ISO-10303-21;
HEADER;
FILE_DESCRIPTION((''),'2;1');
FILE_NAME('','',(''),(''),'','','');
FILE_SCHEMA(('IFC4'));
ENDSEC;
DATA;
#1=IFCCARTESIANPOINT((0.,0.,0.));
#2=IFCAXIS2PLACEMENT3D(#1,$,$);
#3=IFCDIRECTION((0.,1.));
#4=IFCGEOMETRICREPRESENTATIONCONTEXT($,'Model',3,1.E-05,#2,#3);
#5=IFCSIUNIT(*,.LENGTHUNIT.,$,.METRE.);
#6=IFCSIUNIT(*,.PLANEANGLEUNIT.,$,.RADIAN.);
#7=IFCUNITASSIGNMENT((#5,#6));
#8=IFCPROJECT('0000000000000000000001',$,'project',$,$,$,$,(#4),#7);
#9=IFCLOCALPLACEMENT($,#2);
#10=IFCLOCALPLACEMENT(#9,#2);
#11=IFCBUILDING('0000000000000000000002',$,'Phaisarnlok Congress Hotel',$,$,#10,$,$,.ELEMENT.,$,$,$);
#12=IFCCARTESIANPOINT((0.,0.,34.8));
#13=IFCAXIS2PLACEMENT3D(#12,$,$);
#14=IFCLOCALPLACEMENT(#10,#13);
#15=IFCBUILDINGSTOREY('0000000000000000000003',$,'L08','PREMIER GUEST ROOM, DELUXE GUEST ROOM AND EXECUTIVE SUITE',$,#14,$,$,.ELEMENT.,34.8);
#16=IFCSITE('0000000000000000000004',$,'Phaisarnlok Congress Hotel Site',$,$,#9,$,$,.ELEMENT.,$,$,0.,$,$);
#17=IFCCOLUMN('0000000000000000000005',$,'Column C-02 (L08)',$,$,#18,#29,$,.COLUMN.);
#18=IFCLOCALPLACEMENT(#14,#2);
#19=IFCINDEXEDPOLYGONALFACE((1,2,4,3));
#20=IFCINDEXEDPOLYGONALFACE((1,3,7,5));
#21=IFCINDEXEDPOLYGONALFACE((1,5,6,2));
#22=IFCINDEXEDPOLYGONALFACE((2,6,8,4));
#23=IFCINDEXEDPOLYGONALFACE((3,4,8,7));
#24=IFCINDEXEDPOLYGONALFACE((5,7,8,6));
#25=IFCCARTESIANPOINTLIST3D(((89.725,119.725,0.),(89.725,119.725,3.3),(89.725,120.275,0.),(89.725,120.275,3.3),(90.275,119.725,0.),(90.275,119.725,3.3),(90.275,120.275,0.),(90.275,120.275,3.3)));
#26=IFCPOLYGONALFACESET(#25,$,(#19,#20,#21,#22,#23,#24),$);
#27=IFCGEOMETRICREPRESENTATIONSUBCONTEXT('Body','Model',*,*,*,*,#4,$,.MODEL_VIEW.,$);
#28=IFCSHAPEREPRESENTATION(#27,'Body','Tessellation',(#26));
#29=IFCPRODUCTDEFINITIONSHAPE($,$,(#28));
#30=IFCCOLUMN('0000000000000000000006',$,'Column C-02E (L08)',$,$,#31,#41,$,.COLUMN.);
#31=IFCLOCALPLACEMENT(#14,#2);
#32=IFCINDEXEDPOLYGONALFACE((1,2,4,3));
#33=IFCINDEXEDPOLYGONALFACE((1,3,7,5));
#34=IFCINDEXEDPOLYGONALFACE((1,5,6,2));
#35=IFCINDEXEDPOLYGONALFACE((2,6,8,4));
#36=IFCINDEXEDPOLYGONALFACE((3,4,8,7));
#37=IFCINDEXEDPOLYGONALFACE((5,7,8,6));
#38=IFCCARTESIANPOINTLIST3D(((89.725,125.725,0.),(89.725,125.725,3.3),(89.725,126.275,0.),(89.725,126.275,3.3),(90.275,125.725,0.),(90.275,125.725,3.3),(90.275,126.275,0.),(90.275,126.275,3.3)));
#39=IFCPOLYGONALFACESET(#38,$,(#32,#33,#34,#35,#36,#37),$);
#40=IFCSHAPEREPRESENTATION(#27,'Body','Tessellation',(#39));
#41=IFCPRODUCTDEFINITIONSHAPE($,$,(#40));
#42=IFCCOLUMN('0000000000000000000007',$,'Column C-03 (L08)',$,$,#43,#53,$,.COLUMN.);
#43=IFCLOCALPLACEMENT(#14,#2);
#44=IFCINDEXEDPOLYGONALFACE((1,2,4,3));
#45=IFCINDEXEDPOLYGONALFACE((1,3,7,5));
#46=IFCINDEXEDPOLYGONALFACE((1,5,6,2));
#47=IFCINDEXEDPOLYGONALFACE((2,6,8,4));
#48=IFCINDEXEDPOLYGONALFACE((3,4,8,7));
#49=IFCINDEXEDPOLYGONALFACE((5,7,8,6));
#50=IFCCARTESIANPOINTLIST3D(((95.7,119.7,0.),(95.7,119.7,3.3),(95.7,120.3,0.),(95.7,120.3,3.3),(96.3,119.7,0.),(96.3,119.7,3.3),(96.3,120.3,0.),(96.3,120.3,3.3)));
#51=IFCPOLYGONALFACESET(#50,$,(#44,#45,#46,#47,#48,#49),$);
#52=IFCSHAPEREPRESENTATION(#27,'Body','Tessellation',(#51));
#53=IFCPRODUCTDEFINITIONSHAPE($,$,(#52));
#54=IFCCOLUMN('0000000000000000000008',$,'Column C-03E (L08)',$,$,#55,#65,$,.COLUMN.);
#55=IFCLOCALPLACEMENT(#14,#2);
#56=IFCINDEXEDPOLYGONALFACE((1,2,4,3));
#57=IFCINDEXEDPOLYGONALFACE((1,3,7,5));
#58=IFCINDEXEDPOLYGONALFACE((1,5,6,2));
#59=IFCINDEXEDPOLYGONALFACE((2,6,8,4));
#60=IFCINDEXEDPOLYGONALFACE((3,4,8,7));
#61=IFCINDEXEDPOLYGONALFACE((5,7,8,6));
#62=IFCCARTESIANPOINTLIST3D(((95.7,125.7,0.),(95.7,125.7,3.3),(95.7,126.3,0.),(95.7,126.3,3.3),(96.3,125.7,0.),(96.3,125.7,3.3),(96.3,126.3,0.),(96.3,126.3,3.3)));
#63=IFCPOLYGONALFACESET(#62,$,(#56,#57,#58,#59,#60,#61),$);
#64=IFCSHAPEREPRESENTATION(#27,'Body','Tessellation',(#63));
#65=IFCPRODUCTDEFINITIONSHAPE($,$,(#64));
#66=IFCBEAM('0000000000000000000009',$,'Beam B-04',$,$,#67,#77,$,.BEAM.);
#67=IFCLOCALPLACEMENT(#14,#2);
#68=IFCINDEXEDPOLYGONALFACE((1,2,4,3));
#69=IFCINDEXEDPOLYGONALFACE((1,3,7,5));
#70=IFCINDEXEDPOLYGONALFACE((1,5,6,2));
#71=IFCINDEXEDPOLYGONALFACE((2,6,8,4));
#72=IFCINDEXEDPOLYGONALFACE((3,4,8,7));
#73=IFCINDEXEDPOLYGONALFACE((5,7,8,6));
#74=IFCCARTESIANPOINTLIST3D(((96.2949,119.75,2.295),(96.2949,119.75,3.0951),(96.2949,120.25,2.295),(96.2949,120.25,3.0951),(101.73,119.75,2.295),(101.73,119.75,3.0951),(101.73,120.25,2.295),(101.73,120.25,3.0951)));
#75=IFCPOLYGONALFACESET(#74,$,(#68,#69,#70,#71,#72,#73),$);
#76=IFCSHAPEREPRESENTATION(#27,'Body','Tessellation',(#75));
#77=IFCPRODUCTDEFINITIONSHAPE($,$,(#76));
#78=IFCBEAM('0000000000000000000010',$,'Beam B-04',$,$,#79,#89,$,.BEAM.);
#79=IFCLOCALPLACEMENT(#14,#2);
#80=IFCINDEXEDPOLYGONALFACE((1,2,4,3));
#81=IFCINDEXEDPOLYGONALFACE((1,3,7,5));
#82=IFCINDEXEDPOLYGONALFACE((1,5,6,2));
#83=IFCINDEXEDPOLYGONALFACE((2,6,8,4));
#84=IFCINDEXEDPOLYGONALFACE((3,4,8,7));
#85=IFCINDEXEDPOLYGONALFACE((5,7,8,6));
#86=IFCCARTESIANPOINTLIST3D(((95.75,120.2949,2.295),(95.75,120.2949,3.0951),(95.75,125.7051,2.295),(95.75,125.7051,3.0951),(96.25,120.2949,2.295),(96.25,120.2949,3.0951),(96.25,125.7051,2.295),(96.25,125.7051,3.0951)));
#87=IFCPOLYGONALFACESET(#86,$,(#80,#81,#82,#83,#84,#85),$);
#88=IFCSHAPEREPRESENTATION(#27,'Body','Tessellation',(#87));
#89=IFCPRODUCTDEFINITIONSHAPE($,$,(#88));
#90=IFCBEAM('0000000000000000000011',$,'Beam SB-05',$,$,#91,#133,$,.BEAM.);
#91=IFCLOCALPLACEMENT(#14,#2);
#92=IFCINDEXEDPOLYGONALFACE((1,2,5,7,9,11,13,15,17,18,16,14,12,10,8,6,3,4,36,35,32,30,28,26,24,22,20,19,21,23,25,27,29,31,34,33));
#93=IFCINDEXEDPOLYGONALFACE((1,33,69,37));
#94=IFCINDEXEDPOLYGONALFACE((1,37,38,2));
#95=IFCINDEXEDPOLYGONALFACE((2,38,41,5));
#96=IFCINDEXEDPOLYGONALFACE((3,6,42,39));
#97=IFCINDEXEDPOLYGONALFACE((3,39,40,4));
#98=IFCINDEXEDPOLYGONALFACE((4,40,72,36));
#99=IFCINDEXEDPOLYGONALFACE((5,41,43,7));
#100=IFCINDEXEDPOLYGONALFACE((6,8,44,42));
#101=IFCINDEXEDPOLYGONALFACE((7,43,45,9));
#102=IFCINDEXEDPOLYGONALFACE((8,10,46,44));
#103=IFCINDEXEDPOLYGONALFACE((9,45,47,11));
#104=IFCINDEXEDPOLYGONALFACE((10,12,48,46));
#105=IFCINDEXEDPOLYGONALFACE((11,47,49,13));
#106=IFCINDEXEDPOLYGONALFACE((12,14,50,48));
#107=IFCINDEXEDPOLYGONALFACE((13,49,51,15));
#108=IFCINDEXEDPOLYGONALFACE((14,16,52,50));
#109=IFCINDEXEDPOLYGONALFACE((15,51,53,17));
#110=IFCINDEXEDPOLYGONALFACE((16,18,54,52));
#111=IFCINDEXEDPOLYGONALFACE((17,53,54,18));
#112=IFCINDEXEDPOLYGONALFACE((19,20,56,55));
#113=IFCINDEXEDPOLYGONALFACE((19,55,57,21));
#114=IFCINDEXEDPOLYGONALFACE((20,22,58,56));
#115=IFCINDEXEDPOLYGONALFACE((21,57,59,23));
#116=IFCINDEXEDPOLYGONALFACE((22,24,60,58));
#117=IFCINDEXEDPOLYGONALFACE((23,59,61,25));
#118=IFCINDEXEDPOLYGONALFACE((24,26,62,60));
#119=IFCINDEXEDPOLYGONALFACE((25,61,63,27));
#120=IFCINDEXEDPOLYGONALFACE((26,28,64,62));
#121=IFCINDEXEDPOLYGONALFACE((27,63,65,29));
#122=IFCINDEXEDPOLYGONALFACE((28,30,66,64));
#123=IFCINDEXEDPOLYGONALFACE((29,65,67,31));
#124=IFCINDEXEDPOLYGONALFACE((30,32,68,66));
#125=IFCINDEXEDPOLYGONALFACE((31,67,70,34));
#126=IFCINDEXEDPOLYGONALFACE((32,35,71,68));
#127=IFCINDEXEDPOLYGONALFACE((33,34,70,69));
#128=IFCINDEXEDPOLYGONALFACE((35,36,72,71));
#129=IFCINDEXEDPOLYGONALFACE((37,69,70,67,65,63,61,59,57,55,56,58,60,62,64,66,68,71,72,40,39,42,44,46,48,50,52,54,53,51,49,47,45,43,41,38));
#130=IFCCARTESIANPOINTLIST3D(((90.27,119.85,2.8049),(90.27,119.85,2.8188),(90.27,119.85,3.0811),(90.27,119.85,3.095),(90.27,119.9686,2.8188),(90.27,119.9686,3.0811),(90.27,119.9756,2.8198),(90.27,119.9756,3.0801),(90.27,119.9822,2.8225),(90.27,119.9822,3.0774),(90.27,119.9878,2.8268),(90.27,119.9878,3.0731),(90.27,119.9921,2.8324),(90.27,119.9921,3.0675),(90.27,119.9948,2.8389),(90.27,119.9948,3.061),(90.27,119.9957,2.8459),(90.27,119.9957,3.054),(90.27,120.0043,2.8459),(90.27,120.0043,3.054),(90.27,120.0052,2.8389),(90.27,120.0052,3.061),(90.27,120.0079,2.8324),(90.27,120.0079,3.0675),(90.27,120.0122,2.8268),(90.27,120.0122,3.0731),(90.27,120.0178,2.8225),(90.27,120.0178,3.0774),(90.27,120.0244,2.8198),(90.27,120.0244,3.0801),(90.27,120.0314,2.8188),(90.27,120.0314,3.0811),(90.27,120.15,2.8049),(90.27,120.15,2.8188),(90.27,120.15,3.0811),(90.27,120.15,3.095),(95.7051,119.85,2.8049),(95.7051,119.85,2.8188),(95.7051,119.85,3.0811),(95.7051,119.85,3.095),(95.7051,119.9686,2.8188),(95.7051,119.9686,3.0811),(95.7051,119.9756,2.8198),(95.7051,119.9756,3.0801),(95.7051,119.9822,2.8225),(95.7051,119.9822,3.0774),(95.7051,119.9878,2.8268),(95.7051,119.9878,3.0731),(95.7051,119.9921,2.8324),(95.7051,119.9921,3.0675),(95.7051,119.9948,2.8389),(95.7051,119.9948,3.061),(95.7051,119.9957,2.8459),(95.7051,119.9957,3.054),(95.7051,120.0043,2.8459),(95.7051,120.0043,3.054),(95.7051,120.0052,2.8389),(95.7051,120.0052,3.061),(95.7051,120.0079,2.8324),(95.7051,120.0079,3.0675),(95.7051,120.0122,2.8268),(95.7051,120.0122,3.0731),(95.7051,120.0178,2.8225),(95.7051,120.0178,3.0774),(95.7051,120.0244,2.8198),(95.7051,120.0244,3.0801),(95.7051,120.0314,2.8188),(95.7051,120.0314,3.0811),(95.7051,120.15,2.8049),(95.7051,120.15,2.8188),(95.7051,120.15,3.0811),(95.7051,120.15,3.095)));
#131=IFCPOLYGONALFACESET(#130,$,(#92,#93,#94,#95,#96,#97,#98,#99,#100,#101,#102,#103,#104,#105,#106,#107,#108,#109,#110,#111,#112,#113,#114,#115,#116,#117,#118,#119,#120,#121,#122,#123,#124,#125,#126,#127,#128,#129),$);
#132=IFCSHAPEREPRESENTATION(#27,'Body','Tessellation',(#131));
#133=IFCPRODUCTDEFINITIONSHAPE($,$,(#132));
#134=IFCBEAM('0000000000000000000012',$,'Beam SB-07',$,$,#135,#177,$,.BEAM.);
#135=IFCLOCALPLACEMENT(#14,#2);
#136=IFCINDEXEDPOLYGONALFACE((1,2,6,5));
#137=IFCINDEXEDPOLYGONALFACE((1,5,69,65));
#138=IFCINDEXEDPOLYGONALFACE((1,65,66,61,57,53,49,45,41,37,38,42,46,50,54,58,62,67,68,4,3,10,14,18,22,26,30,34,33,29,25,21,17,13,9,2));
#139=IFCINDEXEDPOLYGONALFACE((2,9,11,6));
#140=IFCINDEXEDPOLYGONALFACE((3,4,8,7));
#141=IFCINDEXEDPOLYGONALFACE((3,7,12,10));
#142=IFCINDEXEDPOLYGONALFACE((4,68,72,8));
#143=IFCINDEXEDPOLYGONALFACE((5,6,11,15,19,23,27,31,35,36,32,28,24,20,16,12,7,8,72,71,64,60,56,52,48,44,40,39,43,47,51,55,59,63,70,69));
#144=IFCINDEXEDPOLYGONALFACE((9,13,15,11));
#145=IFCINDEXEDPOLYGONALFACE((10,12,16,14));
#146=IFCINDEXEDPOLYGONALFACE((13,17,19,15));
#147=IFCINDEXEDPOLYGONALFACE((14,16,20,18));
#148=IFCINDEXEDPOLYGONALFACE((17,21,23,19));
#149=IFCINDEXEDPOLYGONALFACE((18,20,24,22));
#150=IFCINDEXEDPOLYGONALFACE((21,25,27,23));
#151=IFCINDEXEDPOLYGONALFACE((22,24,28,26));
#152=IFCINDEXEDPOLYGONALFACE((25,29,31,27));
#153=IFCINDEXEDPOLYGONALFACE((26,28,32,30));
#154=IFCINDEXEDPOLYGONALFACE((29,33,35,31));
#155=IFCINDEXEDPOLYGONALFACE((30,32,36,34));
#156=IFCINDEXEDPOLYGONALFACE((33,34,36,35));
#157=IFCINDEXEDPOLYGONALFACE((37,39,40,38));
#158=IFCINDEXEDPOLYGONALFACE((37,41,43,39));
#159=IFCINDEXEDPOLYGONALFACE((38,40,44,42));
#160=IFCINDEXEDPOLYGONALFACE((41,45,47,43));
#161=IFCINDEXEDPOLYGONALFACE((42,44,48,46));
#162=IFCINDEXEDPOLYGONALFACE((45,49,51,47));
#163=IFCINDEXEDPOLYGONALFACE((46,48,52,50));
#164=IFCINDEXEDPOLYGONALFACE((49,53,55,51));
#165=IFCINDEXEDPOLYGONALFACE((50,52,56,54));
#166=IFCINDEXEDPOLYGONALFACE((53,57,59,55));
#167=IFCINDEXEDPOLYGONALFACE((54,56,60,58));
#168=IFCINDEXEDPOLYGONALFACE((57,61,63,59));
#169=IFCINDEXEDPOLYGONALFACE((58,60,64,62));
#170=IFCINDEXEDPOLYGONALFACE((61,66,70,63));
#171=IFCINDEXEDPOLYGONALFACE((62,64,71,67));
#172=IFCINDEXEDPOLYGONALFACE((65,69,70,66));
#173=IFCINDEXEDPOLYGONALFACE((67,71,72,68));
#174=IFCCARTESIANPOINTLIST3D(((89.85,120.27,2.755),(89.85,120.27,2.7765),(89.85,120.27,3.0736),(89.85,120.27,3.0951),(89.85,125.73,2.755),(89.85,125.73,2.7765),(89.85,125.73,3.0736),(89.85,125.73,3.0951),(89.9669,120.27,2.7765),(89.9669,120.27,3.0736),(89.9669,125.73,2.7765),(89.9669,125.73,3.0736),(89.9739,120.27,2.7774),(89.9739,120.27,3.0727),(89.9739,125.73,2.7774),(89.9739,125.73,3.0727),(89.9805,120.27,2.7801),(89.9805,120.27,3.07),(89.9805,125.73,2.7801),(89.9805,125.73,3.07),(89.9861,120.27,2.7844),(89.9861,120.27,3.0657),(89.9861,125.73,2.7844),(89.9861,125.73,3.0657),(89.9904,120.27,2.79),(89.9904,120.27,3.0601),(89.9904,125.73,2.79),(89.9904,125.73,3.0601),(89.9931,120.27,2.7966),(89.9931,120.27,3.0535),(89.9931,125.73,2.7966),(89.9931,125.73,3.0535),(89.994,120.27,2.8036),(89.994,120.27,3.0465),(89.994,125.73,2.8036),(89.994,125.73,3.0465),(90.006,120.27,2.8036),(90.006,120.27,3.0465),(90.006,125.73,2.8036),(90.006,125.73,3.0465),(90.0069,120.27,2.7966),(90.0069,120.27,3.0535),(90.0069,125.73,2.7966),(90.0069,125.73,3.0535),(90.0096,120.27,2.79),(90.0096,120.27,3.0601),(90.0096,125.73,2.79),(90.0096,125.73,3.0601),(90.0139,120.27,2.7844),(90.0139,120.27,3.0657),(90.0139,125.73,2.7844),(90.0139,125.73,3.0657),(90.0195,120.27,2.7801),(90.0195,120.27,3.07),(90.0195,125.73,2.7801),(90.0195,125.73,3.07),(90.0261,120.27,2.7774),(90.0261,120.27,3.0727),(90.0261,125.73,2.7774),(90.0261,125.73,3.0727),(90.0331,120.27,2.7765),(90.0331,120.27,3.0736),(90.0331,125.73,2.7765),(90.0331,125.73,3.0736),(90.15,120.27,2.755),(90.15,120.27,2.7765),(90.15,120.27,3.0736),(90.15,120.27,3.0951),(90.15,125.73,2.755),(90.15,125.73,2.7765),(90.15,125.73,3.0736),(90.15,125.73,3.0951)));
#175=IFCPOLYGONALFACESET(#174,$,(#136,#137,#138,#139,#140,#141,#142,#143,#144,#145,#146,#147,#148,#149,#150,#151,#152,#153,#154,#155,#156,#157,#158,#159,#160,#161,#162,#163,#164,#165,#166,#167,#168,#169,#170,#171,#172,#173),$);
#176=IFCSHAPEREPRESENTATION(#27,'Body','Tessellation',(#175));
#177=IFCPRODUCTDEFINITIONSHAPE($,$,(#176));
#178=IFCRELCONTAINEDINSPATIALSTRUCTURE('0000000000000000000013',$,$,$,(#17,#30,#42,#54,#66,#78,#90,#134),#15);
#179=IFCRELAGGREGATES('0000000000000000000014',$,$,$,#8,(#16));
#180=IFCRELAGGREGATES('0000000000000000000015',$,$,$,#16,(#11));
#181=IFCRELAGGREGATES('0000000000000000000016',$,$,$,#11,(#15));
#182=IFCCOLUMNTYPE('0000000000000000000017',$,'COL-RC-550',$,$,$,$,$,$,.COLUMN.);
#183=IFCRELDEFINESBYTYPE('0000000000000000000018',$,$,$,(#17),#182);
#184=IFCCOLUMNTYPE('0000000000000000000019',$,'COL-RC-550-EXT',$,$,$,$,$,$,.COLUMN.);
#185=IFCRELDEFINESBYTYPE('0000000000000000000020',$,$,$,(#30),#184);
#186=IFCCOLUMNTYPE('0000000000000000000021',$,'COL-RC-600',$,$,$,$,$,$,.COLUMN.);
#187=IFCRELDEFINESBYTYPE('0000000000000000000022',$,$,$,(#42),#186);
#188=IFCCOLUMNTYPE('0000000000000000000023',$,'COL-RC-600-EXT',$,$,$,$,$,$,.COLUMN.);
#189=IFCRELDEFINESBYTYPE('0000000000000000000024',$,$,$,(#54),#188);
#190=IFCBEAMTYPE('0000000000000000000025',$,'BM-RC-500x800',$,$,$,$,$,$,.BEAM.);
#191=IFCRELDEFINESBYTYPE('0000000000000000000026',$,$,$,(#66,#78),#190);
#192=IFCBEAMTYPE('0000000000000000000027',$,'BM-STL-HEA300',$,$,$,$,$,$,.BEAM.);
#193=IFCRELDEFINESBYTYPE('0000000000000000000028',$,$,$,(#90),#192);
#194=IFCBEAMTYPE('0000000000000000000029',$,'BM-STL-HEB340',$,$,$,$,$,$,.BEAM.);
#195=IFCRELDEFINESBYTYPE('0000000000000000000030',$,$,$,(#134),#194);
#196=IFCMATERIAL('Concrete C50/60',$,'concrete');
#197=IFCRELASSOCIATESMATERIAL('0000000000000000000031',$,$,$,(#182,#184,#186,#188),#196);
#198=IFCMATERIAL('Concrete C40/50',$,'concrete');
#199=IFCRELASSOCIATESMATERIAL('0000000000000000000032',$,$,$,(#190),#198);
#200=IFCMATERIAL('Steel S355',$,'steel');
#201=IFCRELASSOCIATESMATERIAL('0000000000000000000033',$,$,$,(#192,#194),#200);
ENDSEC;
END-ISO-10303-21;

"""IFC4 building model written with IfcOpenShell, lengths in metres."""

from ifc_helpers import new_model, si_unit, direction, frame, origin, origin_2d, place, context, subcontext, project, spatial, rectangle, i_section, extrude, material, material_profile, profile_set, type_object, element, save


model = new_model("IFC4")

# Units and contexts
model_context = context("Model", 3, precision=1e-05, world=origin(), true_north=direction((0.0, 1.0)))
body_context = subcontext(model_context, "Body", "Model", "MODEL_VIEW")
ifc_project = project(units=[si_unit("LENGTHUNIT", "METRE"), si_unit("PLANEANGLEUNIT", "RADIAN")], contexts=[model_context])

# Site, building, storey
site_placement = place(None, origin())
site = spatial("IfcSite", under=ifc_project, at=site_placement, Name="Phaisarnlok Congress Hotel Site", CompositionType="ELEMENT", RefElevation=0.0)
building_placement = place(site_placement, origin())
building = spatial("IfcBuilding", under=site, at=building_placement, Name="Phaisarnlok Congress Hotel", CompositionType="ELEMENT")
storey_placement = place(building_placement, frame((0.0, 0.0, 34.8)))
storey = spatial("IfcBuildingStorey", under=building, at=storey_placement, Name="L08", Description="PREMIER GUEST ROOM, DELUXE GUEST ROOM AND EXECUTIVE SUITE", CompositionType="ELEMENT", Elevation=34.8)

# Columns
ifc_material_1 = material(Name="Concrete C50/60", Category="concrete")
ifc_material_profile_1 = material_profile(ifc_material_1, rectangle(XDim=0.55, YDim=0.55, at=origin_2d()), Name="RC 550x550")
ifc_profile_set_1 = profile_set([ifc_material_profile_1], Name="Concrete C50/60")
column_type_1 = type_object("IfcColumnType", Name="COL-RC-550", PredefinedType="COLUMN", material=ifc_profile_set_1)
column_1_placement = place(storey_placement, frame((90.0, 120.0, 0.0), z_axis=(0.0, 0.0, 1.0), x_axis=(1.0, 0.0, 0.0)))
element("IfcColumn", 1, at=column_1_placement, inside=storey, type_object=column_type_1, Name="Column C-02 (L08)", PredefinedType="COLUMN", context=body_context, shape_type="SweptSolid", body=[
    extrude(rectangle(XDim=0.55, YDim=0.55, at=origin_2d()), origin(), (0.0, 0.0, 1.0), 3.3),
])
ifc_material_profile_2 = material_profile(ifc_material_1, rectangle(XDim=0.55, YDim=0.55, at=origin_2d()), Name="RC 550x550")
ifc_profile_set_2 = profile_set([ifc_material_profile_2], Name="Concrete C50/60")
column_type_2 = type_object("IfcColumnType", Name="COL-RC-550-EXT", PredefinedType="COLUMN", material=ifc_profile_set_2)
column_2_placement = place(storey_placement, frame((90.0, 126.0, 0.0), z_axis=(0.0, 0.0, 1.0), x_axis=(1.0, 0.0, 0.0)))
element("IfcColumn", 2, at=column_2_placement, inside=storey, type_object=column_type_2, Name="Column C-02E (L08)", PredefinedType="COLUMN", context=body_context, shape_type="SweptSolid", body=[
    extrude(rectangle(XDim=0.55, YDim=0.55, at=origin_2d()), origin(), (0.0, 0.0, 1.0), 3.3),
])
ifc_material_profile_3 = material_profile(ifc_material_1, rectangle(XDim=0.6001, YDim=0.6001, at=origin_2d()), Name="RC 600x600")
ifc_profile_set_3 = profile_set([ifc_material_profile_3], Name="Concrete C50/60")
column_type_3 = type_object("IfcColumnType", Name="COL-RC-600", PredefinedType="COLUMN", material=ifc_profile_set_3)
column_3_placement = place(storey_placement, frame((96.0, 120.0, 0.0), z_axis=(0.0, 0.0, 1.0), x_axis=(1.0, 0.0, 0.0)))
element("IfcColumn", 3, at=column_3_placement, inside=storey, type_object=column_type_3, Name="Column C-03 (L08)", PredefinedType="COLUMN", context=body_context, shape_type="SweptSolid", body=[
    extrude(rectangle(XDim=0.6001, YDim=0.6001, at=origin_2d()), origin(), (0.0, 0.0, 1.0), 3.3),
])
ifc_material_profile_4 = material_profile(ifc_material_1, rectangle(XDim=0.6001, YDim=0.6001, at=origin_2d()), Name="RC 600x600")
ifc_profile_set_4 = profile_set([ifc_material_profile_4], Name="Concrete C50/60")
column_type_4 = type_object("IfcColumnType", Name="COL-RC-600-EXT", PredefinedType="COLUMN", material=ifc_profile_set_4)
column_4_placement = place(storey_placement, frame((96.0, 126.0, 0.0), z_axis=(0.0, 0.0, 1.0), x_axis=(1.0, 0.0, 0.0)))
element("IfcColumn", 4, at=column_4_placement, inside=storey, type_object=column_type_4, Name="Column C-03E (L08)", PredefinedType="COLUMN", context=body_context, shape_type="SweptSolid", body=[
    extrude(rectangle(XDim=0.6001, YDim=0.6001, at=origin_2d()), origin(), (0.0, 0.0, 1.0), 3.3),
])

# Beams
ifc_material_2 = material(Name="Concrete C40/50", Category="concrete")
ifc_material_profile_5 = material_profile(ifc_material_2, rectangle(XDim=0.5, YDim=0.8, at=origin_2d()), Name="RC 500x800")
ifc_profile_set_5 = profile_set([ifc_material_profile_5], Name="Concrete C40/50")
beam_type_1 = type_object("IfcBeamType", Name="BM-RC-500x800", PredefinedType="BEAM", material=ifc_profile_set_5)
beam_1_placement = place(storey_placement, frame((96.2949, 120.0, 2.6951), z_axis=(1.0, 0.0, 0.0), x_axis=(0.0, 1.0, 0.0)))
element("IfcBeam", 5, at=beam_1_placement, inside=storey, type_object=beam_type_1, Name="Beam B-04", PredefinedType="BEAM", context=body_context, shape_type="SweptSolid", body=[
    extrude(rectangle(XDim=0.5, YDim=0.8, at=origin_2d()), origin(), (0.0, 0.0, 1.0), 5.4351),
])
beam_2_placement = place(storey_placement, frame((96.0, 120.2949, 2.6951), z_axis=(0.0, 1.0, 0.0), x_axis=(-1.0, 0.0, 0.0)))
element("IfcBeam", 6, at=beam_2_placement, inside=storey, type_object=beam_type_1, Name="Beam B-04", PredefinedType="BEAM", context=body_context, shape_type="SweptSolid", body=[
    extrude(rectangle(XDim=0.5, YDim=0.8, at=origin_2d()), origin(), (0.0, 0.0, 1.0), 5.4102),
])
ifc_material_3 = material(Name="Steel S355", Category="steel")
ifc_material_profile_6 = material_profile(ifc_material_3, i_section(OverallWidth=0.3, OverallDepth=0.29, WebThickness=0.0085, FlangeThickness=0.0139, FilletRadius=0.0271, at=origin_2d()), Name="HEA 300")
ifc_profile_set_6 = profile_set([ifc_material_profile_6], Name="Steel S355")
beam_type_2 = type_object("IfcBeamType", Name="BM-STL-HEA300", PredefinedType="BEAM", material=ifc_profile_set_6)
beam_3_placement = place(storey_placement, frame((90.27, 120.0, 2.95), z_axis=(1.0, 0.0, 0.0), x_axis=(0.0, 1.0, 0.0)))
element("IfcBeam", 7, at=beam_3_placement, inside=storey, type_object=beam_type_2, Name="Beam SB-05", PredefinedType="BEAM", context=body_context, shape_type="SweptSolid", body=[
    extrude(i_section(OverallWidth=0.3, OverallDepth=0.29, WebThickness=0.0085, FlangeThickness=0.0139, FilletRadius=0.0271, at=origin_2d()), origin(), (0.0, 0.0, 1.0), 5.4351),
])
ifc_material_profile_7 = material_profile(ifc_material_3, i_section(OverallWidth=0.3, OverallDepth=0.3401, WebThickness=0.012, FlangeThickness=0.0215, FilletRadius=0.0271, at=origin_2d()), Name="HEB 340")
ifc_profile_set_7 = profile_set([ifc_material_profile_7], Name="Steel S355")
beam_type_3 = type_object("IfcBeamType", Name="BM-STL-HEB340", PredefinedType="BEAM", material=ifc_profile_set_7)
beam_4_placement = place(storey_placement, frame((90.0, 120.27, 2.925), z_axis=(0.0, 1.0, 0.0), x_axis=(-1.0, 0.0, 0.0)))
element("IfcBeam", 8, at=beam_4_placement, inside=storey, type_object=beam_type_3, Name="Beam SB-07", PredefinedType="BEAM", context=body_context, shape_type="SweptSolid", body=[
    extrude(i_section(OverallWidth=0.3, OverallDepth=0.3401, WebThickness=0.012, FlangeThickness=0.0215, FilletRadius=0.0271, at=origin_2d()), origin(), (0.0, 0.0, 1.0), 5.46),
])

save(model, "model.ifc")
